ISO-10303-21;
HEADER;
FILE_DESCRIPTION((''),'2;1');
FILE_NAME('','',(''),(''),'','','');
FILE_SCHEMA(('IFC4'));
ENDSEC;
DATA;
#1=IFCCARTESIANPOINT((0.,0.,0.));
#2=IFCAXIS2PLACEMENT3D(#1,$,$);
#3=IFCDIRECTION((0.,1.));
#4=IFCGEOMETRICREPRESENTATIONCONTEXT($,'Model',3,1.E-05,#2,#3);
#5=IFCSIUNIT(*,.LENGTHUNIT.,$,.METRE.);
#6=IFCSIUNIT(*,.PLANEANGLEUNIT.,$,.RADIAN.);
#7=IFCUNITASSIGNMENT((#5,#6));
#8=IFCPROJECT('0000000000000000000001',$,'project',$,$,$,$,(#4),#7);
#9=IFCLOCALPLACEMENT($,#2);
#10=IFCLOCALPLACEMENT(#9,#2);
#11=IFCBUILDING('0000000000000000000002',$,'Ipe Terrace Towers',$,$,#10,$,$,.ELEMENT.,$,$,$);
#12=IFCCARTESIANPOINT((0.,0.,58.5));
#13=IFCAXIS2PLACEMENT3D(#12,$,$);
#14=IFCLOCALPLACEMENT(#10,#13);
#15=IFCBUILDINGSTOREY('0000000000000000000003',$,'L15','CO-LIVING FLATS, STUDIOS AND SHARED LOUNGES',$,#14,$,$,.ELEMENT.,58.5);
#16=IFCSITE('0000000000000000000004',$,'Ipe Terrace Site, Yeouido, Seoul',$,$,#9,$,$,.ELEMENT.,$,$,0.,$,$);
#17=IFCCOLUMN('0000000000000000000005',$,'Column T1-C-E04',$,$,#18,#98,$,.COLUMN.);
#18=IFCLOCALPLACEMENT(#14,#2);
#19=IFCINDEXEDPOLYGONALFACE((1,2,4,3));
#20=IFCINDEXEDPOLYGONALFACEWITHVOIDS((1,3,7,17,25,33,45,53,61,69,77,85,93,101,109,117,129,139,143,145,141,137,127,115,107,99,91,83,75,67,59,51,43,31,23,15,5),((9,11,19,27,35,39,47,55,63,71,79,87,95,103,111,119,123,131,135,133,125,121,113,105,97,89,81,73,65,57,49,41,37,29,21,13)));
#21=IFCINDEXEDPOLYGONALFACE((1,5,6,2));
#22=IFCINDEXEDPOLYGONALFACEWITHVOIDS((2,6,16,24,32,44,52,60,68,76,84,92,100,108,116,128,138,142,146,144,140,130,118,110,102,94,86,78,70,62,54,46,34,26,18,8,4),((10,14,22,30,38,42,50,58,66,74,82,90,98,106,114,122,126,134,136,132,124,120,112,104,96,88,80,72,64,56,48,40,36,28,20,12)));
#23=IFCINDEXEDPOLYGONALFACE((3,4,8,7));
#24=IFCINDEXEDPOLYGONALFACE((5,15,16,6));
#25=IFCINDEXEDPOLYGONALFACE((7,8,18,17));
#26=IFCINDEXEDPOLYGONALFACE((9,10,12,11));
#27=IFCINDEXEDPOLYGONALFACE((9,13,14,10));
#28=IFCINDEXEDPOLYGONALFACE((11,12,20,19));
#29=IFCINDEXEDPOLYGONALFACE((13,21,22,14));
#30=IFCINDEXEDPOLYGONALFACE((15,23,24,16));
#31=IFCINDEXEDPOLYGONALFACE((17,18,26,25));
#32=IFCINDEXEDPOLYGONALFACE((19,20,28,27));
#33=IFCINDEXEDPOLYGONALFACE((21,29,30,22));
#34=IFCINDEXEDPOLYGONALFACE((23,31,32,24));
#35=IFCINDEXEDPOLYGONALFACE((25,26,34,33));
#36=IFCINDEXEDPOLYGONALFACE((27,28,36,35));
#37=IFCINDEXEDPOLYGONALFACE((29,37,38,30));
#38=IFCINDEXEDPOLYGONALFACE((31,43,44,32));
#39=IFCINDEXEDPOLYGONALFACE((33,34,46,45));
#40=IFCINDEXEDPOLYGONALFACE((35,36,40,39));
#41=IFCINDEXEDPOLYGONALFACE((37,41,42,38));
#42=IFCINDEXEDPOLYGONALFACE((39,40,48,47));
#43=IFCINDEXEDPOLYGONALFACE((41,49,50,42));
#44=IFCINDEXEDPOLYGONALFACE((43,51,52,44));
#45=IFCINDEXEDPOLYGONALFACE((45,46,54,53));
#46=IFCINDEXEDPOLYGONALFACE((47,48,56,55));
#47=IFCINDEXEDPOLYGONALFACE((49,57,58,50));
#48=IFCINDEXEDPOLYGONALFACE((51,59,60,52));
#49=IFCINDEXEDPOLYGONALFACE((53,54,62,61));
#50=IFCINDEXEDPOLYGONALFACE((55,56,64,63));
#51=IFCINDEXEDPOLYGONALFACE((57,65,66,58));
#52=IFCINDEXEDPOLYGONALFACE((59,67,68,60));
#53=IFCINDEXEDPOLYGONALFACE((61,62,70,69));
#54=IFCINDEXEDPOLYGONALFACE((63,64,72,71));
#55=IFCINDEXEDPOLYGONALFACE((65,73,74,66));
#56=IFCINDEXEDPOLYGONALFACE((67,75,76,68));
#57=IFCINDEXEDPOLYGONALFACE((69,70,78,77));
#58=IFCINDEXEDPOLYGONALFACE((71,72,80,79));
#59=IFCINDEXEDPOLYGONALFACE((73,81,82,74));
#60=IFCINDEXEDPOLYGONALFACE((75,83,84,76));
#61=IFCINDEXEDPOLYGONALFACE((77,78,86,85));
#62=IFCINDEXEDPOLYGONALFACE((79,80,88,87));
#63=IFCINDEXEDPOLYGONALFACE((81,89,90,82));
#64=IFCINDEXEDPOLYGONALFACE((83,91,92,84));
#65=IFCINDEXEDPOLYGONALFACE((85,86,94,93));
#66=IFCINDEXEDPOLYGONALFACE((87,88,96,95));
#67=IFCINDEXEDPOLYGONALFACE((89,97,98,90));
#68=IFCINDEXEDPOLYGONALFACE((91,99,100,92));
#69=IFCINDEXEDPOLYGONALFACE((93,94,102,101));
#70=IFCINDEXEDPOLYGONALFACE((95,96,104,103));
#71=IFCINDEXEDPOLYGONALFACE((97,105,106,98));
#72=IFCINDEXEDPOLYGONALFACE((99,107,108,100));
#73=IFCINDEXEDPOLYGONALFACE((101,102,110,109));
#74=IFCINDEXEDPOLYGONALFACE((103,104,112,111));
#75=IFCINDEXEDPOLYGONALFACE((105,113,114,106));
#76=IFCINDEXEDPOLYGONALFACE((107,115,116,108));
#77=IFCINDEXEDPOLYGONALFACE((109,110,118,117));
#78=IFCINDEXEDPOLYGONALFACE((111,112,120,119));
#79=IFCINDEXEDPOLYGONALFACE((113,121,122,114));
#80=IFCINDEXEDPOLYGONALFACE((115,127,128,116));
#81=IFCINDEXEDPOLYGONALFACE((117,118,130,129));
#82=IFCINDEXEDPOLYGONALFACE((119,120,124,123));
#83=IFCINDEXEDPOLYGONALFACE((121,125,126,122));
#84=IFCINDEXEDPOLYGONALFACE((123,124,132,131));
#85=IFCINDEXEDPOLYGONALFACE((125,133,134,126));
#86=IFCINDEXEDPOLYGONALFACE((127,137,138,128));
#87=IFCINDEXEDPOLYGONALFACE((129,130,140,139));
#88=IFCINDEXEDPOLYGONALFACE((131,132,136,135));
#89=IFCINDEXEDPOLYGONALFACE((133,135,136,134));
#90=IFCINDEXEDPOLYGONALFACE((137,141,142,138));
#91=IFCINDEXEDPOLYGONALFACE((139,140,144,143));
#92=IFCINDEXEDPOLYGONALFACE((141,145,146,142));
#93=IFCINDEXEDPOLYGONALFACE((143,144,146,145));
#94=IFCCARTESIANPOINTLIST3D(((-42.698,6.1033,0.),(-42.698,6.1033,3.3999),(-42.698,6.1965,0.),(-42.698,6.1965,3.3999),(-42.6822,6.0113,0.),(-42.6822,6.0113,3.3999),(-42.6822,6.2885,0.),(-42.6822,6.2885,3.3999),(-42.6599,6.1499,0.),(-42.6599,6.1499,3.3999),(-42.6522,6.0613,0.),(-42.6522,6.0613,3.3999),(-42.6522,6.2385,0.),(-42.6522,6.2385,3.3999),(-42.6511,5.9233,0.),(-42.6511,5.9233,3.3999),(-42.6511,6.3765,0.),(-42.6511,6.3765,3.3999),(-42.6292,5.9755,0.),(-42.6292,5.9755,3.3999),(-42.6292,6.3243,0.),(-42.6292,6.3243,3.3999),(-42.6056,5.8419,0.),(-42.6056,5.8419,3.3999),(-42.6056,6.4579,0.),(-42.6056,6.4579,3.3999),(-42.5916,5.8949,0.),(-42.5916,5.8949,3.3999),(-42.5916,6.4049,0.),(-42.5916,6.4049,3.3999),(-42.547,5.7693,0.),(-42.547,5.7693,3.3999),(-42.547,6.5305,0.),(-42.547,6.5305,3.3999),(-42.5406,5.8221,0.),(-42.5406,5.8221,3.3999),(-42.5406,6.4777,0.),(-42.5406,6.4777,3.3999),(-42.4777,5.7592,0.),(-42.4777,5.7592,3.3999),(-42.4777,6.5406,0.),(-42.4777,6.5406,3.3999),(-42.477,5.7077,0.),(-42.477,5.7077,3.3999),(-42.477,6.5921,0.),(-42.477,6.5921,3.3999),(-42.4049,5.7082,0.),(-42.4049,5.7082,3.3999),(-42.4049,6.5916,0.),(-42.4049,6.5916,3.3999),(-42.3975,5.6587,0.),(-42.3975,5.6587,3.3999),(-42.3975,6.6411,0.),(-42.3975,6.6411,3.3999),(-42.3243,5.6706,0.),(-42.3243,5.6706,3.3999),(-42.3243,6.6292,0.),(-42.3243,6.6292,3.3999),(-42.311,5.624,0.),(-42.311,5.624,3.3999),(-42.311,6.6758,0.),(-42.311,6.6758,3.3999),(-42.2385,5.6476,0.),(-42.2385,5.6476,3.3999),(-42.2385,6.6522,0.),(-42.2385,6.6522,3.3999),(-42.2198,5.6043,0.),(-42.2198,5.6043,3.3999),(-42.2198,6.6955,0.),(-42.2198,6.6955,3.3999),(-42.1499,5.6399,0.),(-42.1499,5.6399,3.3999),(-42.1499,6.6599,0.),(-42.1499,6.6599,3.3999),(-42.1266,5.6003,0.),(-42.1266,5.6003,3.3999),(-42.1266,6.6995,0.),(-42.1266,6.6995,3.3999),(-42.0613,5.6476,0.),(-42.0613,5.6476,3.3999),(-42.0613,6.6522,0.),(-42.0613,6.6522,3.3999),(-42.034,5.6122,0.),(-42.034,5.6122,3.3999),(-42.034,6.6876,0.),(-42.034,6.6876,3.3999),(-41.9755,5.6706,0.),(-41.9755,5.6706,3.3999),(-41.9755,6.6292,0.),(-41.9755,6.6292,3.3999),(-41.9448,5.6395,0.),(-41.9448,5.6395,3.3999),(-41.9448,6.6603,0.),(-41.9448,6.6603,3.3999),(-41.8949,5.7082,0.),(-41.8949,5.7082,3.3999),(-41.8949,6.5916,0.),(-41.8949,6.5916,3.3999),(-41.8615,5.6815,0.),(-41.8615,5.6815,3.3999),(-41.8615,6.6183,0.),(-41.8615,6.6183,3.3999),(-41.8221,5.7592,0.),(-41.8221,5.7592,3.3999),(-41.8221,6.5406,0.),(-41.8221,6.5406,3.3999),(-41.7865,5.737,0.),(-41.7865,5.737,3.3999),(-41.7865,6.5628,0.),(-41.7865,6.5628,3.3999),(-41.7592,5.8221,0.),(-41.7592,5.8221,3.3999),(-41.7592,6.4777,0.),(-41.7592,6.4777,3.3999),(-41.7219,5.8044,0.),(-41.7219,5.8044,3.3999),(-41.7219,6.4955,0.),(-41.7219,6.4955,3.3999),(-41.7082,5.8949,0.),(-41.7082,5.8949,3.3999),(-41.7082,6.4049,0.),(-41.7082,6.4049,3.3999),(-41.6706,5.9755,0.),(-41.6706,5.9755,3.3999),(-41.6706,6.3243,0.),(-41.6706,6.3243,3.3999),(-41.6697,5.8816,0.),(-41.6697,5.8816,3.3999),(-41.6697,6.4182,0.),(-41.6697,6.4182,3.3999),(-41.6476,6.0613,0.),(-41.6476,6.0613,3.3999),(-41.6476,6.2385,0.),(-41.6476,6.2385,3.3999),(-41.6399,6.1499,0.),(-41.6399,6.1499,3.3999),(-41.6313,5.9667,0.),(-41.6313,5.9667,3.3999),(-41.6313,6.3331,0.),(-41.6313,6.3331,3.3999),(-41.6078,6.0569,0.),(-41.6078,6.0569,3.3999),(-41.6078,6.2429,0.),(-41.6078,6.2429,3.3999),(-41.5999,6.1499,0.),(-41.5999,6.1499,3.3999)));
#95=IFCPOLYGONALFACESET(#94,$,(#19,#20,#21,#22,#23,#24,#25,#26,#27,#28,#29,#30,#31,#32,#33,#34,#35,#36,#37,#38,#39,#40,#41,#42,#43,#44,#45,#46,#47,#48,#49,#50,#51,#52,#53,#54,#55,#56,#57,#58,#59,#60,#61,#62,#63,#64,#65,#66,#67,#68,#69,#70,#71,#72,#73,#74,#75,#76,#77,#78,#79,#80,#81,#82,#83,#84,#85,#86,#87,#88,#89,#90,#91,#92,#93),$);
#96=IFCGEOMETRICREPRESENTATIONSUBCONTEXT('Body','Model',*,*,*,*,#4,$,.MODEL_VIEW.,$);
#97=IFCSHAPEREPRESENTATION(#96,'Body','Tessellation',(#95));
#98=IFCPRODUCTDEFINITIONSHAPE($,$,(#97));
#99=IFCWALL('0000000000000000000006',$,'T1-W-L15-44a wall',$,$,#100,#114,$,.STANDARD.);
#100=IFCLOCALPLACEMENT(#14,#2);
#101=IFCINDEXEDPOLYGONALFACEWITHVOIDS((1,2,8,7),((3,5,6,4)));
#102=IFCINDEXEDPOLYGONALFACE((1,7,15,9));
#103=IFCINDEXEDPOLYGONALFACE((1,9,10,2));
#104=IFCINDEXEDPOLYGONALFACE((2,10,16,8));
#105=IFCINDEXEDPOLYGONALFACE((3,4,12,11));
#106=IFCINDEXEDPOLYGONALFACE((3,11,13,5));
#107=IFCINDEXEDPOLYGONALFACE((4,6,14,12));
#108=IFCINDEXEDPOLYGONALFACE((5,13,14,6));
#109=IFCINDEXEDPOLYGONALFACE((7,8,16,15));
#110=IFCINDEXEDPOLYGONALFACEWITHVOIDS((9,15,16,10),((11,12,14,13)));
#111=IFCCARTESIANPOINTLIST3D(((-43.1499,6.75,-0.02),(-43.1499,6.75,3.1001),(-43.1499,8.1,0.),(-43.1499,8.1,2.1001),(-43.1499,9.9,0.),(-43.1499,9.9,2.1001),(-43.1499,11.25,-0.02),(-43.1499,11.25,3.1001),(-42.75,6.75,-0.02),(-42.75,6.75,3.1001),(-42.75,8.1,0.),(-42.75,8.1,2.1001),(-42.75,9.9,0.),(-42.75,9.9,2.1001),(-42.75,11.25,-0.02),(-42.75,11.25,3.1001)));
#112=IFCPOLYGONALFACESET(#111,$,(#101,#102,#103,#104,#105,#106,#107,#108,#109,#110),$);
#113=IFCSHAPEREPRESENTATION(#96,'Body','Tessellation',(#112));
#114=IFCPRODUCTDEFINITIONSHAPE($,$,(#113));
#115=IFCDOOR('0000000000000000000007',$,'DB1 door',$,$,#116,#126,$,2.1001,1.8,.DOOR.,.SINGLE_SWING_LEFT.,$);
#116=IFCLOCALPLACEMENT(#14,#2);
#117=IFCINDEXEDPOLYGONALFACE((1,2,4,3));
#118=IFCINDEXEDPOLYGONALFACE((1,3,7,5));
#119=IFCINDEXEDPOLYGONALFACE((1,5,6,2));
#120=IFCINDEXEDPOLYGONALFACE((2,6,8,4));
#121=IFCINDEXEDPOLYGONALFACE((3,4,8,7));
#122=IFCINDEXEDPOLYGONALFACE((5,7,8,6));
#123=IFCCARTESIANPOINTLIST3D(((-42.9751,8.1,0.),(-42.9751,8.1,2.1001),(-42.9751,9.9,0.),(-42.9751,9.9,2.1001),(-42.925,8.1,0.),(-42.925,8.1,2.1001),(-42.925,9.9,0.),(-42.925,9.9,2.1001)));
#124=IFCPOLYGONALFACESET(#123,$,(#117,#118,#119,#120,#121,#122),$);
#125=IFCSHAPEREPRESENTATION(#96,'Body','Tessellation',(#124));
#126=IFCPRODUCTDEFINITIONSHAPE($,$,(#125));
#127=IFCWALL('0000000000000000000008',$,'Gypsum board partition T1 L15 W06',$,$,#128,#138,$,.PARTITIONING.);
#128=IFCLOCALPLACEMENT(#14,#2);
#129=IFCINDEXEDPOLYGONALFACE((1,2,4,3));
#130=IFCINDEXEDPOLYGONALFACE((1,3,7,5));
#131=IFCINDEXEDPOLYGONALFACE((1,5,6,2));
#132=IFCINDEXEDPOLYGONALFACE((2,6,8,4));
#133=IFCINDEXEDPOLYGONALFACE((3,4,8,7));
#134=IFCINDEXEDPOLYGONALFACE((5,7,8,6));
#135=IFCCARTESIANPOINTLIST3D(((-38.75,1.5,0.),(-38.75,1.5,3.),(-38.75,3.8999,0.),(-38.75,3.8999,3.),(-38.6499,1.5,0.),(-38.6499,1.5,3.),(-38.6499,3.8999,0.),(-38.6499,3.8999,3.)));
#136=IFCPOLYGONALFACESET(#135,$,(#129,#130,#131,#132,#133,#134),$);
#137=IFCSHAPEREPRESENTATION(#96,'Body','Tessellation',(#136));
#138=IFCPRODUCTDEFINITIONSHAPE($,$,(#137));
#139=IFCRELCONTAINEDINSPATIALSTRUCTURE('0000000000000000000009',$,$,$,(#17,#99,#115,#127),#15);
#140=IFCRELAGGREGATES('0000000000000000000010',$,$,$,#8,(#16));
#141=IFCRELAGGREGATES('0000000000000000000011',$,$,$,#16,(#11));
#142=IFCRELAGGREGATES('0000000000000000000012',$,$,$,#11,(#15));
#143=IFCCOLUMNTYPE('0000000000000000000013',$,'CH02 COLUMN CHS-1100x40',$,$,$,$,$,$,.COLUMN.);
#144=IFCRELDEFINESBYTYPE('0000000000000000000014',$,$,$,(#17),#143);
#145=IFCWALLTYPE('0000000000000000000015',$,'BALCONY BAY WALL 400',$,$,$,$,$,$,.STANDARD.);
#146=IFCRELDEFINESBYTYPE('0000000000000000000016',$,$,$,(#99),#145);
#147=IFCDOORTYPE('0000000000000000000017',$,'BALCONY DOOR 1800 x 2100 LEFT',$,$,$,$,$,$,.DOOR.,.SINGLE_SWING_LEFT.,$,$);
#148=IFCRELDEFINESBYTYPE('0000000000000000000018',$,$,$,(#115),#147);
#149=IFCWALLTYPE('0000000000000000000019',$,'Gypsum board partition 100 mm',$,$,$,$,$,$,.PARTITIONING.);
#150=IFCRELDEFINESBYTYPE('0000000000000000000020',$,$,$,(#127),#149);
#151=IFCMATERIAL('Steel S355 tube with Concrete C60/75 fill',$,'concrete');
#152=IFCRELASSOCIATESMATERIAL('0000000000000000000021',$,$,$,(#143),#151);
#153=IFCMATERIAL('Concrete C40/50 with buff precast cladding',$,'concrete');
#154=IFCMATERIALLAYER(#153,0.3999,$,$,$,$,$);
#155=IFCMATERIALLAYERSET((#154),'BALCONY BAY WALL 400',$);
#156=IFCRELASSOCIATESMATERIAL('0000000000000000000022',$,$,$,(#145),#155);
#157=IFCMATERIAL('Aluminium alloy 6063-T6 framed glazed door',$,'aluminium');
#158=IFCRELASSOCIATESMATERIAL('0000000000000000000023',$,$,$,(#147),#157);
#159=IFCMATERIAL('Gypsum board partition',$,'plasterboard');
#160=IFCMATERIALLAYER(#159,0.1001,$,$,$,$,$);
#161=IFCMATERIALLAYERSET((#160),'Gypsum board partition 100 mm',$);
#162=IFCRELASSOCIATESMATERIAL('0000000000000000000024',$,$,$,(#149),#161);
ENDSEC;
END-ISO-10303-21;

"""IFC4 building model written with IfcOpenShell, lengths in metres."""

from ifc_helpers import new_model, si_unit, direction, frame, frame_2d, origin, origin_2d, place, context, subcontext, project, spatial, rectangle, hollow_circle, extrude, material, layer, layer_set, material_profile, profile_set, type_object, element, fill, save


model = new_model("IFC4")

# Units and contexts
model_context = context("Model", 3, precision=1e-05, world=origin(), true_north=direction((0.0, 1.0)))
body_context = subcontext(model_context, "Body", "Model", "MODEL_VIEW")
ifc_project = project(units=[si_unit("LENGTHUNIT", "METRE"), si_unit("PLANEANGLEUNIT", "RADIAN")], contexts=[model_context])

# Site, building, storey
site_placement = place(None, origin())
site = spatial("IfcSite", under=ifc_project, at=site_placement, Name="Ipe Terrace Site, Yeouido, Seoul", CompositionType="ELEMENT", RefElevation=0.0)
building_placement = place(site_placement, origin())
building = spatial("IfcBuilding", under=site, at=building_placement, Name="Ipe Terrace Towers", CompositionType="ELEMENT")
storey_placement = place(building_placement, frame((0.0, 0.0, 58.5)))
storey = spatial("IfcBuildingStorey", under=building, at=storey_placement, Name="L15", Description="CO-LIVING FLATS, STUDIOS AND SHARED LOUNGES", CompositionType="ELEMENT", Elevation=58.5)

# Column
ifc_material_1 = material(Name="Steel S355 tube with Concrete C60/75 fill", Category="concrete")
ifc_material_profile = material_profile(ifc_material_1, hollow_circle(Radius=0.55, WallThickness=0.04, at=origin_2d()), Name="CHS-1100x40")
ifc_profile_set = profile_set([ifc_material_profile], Name="Steel S355 tube with Concrete C60/75 fill")
column_type = type_object("IfcColumnType", Name="CH02 COLUMN CHS-1100x40", PredefinedType="COLUMN", material=ifc_profile_set)
column_placement = place(storey_placement, frame((-42.1499, 6.1499, 0.0), z_axis=(0.0, 0.0, 1.0), x_axis=(1.0, 0.0, 0.0)))
element("IfcColumn", 1, at=column_placement, inside=storey, type_object=column_type, Name="Column T1-C-E04", PredefinedType="COLUMN", context=body_context, shape_type="SweptSolid", body=[
    extrude(hollow_circle(Radius=0.55, WallThickness=0.04, at=origin_2d()), origin(), (0.0, 0.0, 1.0), 3.3999),
])

# Wall, opening, door
ifc_material_2 = material(Name="Concrete C40/50 with buff precast cladding", Category="concrete")
ifc_layer_1 = layer(ifc_material_2, 0.3999)
ifc_layer_set_1 = layer_set([ifc_layer_1], Name="BALCONY BAY WALL 400")
wall_type_1 = type_object("IfcWallType", Name="BALCONY BAY WALL 400", PredefinedType="STANDARD", material=ifc_layer_set_1)
wall_1_placement = place(storey_placement, frame((-42.95, 11.25, -0.02), z_axis=(0.0, 0.0, 1.0), x_axis=(0.0, -1.0, 0.0)))
wall_1 = element("IfcWall", 2, at=wall_1_placement, inside=storey, type_object=wall_type_1, Name="T1-W-L15-44a wall", PredefinedType="STANDARD", context=body_context, shape_type="SweptSolid", body=[
    extrude(rectangle(XDim=4.5, YDim=0.3999, at=frame_2d((2.25, 0.0))), origin(), (0.0, 0.0, 1.0), 3.1201),
])
opening_1_placement = place(wall_1_placement, frame((1.3501, 0.0, 0.02)))
opening_1 = element("IfcOpeningElement", 3, at=opening_1_placement, cuts=wall_1, PredefinedType="OPENING", context=body_context, shape_type="SweptSolid", body=[
    extrude(rectangle(XDim=1.8, YDim=2.1001, at=frame_2d((0.8999, 1.05))), frame((0.0, 0.21, 0.0), z_axis=(0.0, -1.0, 0.0), x_axis=(1.0, 0.0, 0.0)), (0.0, 0.0, 1.0), 0.4199),
])
ifc_material_3 = material(Name="Aluminium alloy 6063-T6 framed glazed door", Category="aluminium")
door_type_1 = type_object("IfcDoorType", Name="BALCONY DOOR 1800 x 2100 LEFT", OperationType="SINGLE_SWING_LEFT", PredefinedType="DOOR", material=ifc_material_3)
door_1_placement = place(opening_1_placement, origin())
door_1 = element("IfcDoor", 4, at=door_1_placement, inside=storey, type_object=door_type_1, Name="DB1 door", OperationType="SINGLE_SWING_LEFT", OverallHeight=2.1001, OverallWidth=1.8, PredefinedType="DOOR", context=body_context, shape_type="SweptSolid", body=[
    extrude(rectangle(XDim=1.8, YDim=2.1001, at=frame_2d((0.8999, 1.05))), frame((0.0, 0.0249, 0.0), z_axis=(0.0, -1.0, 0.0), x_axis=(1.0, 0.0, 0.0)), (0.0, 0.0, 1.0), 0.05),
])
fill(opening_1, door_1)

# Wall
ifc_material_4 = material(Name="Gypsum board partition", Category="plasterboard")
ifc_layer_2 = layer(ifc_material_4, 0.1001)
ifc_layer_set_2 = layer_set([ifc_layer_2], Name="Gypsum board partition 100 mm")
wall_type_2 = type_object("IfcWallType", Name="Gypsum board partition 100 mm", PredefinedType="PARTITIONING", material=ifc_layer_set_2)
wall_2_placement = place(storey_placement, frame((-38.7, 1.5, 0.0), z_axis=(0.0, 0.0, 1.0), x_axis=(0.0, 1.0, 0.0)))
element("IfcWall", 5, at=wall_2_placement, inside=storey, type_object=wall_type_2, Name="Gypsum board partition T1 L15 W06", PredefinedType="PARTITIONING", context=body_context, shape_type="SweptSolid", body=[
    extrude(rectangle(XDim=2.3999, YDim=0.1001, at=frame_2d((1.2, 0.0))), origin(), (0.0, 0.0, 1.0), 3.0),
])

save(model, "model.ifc")
